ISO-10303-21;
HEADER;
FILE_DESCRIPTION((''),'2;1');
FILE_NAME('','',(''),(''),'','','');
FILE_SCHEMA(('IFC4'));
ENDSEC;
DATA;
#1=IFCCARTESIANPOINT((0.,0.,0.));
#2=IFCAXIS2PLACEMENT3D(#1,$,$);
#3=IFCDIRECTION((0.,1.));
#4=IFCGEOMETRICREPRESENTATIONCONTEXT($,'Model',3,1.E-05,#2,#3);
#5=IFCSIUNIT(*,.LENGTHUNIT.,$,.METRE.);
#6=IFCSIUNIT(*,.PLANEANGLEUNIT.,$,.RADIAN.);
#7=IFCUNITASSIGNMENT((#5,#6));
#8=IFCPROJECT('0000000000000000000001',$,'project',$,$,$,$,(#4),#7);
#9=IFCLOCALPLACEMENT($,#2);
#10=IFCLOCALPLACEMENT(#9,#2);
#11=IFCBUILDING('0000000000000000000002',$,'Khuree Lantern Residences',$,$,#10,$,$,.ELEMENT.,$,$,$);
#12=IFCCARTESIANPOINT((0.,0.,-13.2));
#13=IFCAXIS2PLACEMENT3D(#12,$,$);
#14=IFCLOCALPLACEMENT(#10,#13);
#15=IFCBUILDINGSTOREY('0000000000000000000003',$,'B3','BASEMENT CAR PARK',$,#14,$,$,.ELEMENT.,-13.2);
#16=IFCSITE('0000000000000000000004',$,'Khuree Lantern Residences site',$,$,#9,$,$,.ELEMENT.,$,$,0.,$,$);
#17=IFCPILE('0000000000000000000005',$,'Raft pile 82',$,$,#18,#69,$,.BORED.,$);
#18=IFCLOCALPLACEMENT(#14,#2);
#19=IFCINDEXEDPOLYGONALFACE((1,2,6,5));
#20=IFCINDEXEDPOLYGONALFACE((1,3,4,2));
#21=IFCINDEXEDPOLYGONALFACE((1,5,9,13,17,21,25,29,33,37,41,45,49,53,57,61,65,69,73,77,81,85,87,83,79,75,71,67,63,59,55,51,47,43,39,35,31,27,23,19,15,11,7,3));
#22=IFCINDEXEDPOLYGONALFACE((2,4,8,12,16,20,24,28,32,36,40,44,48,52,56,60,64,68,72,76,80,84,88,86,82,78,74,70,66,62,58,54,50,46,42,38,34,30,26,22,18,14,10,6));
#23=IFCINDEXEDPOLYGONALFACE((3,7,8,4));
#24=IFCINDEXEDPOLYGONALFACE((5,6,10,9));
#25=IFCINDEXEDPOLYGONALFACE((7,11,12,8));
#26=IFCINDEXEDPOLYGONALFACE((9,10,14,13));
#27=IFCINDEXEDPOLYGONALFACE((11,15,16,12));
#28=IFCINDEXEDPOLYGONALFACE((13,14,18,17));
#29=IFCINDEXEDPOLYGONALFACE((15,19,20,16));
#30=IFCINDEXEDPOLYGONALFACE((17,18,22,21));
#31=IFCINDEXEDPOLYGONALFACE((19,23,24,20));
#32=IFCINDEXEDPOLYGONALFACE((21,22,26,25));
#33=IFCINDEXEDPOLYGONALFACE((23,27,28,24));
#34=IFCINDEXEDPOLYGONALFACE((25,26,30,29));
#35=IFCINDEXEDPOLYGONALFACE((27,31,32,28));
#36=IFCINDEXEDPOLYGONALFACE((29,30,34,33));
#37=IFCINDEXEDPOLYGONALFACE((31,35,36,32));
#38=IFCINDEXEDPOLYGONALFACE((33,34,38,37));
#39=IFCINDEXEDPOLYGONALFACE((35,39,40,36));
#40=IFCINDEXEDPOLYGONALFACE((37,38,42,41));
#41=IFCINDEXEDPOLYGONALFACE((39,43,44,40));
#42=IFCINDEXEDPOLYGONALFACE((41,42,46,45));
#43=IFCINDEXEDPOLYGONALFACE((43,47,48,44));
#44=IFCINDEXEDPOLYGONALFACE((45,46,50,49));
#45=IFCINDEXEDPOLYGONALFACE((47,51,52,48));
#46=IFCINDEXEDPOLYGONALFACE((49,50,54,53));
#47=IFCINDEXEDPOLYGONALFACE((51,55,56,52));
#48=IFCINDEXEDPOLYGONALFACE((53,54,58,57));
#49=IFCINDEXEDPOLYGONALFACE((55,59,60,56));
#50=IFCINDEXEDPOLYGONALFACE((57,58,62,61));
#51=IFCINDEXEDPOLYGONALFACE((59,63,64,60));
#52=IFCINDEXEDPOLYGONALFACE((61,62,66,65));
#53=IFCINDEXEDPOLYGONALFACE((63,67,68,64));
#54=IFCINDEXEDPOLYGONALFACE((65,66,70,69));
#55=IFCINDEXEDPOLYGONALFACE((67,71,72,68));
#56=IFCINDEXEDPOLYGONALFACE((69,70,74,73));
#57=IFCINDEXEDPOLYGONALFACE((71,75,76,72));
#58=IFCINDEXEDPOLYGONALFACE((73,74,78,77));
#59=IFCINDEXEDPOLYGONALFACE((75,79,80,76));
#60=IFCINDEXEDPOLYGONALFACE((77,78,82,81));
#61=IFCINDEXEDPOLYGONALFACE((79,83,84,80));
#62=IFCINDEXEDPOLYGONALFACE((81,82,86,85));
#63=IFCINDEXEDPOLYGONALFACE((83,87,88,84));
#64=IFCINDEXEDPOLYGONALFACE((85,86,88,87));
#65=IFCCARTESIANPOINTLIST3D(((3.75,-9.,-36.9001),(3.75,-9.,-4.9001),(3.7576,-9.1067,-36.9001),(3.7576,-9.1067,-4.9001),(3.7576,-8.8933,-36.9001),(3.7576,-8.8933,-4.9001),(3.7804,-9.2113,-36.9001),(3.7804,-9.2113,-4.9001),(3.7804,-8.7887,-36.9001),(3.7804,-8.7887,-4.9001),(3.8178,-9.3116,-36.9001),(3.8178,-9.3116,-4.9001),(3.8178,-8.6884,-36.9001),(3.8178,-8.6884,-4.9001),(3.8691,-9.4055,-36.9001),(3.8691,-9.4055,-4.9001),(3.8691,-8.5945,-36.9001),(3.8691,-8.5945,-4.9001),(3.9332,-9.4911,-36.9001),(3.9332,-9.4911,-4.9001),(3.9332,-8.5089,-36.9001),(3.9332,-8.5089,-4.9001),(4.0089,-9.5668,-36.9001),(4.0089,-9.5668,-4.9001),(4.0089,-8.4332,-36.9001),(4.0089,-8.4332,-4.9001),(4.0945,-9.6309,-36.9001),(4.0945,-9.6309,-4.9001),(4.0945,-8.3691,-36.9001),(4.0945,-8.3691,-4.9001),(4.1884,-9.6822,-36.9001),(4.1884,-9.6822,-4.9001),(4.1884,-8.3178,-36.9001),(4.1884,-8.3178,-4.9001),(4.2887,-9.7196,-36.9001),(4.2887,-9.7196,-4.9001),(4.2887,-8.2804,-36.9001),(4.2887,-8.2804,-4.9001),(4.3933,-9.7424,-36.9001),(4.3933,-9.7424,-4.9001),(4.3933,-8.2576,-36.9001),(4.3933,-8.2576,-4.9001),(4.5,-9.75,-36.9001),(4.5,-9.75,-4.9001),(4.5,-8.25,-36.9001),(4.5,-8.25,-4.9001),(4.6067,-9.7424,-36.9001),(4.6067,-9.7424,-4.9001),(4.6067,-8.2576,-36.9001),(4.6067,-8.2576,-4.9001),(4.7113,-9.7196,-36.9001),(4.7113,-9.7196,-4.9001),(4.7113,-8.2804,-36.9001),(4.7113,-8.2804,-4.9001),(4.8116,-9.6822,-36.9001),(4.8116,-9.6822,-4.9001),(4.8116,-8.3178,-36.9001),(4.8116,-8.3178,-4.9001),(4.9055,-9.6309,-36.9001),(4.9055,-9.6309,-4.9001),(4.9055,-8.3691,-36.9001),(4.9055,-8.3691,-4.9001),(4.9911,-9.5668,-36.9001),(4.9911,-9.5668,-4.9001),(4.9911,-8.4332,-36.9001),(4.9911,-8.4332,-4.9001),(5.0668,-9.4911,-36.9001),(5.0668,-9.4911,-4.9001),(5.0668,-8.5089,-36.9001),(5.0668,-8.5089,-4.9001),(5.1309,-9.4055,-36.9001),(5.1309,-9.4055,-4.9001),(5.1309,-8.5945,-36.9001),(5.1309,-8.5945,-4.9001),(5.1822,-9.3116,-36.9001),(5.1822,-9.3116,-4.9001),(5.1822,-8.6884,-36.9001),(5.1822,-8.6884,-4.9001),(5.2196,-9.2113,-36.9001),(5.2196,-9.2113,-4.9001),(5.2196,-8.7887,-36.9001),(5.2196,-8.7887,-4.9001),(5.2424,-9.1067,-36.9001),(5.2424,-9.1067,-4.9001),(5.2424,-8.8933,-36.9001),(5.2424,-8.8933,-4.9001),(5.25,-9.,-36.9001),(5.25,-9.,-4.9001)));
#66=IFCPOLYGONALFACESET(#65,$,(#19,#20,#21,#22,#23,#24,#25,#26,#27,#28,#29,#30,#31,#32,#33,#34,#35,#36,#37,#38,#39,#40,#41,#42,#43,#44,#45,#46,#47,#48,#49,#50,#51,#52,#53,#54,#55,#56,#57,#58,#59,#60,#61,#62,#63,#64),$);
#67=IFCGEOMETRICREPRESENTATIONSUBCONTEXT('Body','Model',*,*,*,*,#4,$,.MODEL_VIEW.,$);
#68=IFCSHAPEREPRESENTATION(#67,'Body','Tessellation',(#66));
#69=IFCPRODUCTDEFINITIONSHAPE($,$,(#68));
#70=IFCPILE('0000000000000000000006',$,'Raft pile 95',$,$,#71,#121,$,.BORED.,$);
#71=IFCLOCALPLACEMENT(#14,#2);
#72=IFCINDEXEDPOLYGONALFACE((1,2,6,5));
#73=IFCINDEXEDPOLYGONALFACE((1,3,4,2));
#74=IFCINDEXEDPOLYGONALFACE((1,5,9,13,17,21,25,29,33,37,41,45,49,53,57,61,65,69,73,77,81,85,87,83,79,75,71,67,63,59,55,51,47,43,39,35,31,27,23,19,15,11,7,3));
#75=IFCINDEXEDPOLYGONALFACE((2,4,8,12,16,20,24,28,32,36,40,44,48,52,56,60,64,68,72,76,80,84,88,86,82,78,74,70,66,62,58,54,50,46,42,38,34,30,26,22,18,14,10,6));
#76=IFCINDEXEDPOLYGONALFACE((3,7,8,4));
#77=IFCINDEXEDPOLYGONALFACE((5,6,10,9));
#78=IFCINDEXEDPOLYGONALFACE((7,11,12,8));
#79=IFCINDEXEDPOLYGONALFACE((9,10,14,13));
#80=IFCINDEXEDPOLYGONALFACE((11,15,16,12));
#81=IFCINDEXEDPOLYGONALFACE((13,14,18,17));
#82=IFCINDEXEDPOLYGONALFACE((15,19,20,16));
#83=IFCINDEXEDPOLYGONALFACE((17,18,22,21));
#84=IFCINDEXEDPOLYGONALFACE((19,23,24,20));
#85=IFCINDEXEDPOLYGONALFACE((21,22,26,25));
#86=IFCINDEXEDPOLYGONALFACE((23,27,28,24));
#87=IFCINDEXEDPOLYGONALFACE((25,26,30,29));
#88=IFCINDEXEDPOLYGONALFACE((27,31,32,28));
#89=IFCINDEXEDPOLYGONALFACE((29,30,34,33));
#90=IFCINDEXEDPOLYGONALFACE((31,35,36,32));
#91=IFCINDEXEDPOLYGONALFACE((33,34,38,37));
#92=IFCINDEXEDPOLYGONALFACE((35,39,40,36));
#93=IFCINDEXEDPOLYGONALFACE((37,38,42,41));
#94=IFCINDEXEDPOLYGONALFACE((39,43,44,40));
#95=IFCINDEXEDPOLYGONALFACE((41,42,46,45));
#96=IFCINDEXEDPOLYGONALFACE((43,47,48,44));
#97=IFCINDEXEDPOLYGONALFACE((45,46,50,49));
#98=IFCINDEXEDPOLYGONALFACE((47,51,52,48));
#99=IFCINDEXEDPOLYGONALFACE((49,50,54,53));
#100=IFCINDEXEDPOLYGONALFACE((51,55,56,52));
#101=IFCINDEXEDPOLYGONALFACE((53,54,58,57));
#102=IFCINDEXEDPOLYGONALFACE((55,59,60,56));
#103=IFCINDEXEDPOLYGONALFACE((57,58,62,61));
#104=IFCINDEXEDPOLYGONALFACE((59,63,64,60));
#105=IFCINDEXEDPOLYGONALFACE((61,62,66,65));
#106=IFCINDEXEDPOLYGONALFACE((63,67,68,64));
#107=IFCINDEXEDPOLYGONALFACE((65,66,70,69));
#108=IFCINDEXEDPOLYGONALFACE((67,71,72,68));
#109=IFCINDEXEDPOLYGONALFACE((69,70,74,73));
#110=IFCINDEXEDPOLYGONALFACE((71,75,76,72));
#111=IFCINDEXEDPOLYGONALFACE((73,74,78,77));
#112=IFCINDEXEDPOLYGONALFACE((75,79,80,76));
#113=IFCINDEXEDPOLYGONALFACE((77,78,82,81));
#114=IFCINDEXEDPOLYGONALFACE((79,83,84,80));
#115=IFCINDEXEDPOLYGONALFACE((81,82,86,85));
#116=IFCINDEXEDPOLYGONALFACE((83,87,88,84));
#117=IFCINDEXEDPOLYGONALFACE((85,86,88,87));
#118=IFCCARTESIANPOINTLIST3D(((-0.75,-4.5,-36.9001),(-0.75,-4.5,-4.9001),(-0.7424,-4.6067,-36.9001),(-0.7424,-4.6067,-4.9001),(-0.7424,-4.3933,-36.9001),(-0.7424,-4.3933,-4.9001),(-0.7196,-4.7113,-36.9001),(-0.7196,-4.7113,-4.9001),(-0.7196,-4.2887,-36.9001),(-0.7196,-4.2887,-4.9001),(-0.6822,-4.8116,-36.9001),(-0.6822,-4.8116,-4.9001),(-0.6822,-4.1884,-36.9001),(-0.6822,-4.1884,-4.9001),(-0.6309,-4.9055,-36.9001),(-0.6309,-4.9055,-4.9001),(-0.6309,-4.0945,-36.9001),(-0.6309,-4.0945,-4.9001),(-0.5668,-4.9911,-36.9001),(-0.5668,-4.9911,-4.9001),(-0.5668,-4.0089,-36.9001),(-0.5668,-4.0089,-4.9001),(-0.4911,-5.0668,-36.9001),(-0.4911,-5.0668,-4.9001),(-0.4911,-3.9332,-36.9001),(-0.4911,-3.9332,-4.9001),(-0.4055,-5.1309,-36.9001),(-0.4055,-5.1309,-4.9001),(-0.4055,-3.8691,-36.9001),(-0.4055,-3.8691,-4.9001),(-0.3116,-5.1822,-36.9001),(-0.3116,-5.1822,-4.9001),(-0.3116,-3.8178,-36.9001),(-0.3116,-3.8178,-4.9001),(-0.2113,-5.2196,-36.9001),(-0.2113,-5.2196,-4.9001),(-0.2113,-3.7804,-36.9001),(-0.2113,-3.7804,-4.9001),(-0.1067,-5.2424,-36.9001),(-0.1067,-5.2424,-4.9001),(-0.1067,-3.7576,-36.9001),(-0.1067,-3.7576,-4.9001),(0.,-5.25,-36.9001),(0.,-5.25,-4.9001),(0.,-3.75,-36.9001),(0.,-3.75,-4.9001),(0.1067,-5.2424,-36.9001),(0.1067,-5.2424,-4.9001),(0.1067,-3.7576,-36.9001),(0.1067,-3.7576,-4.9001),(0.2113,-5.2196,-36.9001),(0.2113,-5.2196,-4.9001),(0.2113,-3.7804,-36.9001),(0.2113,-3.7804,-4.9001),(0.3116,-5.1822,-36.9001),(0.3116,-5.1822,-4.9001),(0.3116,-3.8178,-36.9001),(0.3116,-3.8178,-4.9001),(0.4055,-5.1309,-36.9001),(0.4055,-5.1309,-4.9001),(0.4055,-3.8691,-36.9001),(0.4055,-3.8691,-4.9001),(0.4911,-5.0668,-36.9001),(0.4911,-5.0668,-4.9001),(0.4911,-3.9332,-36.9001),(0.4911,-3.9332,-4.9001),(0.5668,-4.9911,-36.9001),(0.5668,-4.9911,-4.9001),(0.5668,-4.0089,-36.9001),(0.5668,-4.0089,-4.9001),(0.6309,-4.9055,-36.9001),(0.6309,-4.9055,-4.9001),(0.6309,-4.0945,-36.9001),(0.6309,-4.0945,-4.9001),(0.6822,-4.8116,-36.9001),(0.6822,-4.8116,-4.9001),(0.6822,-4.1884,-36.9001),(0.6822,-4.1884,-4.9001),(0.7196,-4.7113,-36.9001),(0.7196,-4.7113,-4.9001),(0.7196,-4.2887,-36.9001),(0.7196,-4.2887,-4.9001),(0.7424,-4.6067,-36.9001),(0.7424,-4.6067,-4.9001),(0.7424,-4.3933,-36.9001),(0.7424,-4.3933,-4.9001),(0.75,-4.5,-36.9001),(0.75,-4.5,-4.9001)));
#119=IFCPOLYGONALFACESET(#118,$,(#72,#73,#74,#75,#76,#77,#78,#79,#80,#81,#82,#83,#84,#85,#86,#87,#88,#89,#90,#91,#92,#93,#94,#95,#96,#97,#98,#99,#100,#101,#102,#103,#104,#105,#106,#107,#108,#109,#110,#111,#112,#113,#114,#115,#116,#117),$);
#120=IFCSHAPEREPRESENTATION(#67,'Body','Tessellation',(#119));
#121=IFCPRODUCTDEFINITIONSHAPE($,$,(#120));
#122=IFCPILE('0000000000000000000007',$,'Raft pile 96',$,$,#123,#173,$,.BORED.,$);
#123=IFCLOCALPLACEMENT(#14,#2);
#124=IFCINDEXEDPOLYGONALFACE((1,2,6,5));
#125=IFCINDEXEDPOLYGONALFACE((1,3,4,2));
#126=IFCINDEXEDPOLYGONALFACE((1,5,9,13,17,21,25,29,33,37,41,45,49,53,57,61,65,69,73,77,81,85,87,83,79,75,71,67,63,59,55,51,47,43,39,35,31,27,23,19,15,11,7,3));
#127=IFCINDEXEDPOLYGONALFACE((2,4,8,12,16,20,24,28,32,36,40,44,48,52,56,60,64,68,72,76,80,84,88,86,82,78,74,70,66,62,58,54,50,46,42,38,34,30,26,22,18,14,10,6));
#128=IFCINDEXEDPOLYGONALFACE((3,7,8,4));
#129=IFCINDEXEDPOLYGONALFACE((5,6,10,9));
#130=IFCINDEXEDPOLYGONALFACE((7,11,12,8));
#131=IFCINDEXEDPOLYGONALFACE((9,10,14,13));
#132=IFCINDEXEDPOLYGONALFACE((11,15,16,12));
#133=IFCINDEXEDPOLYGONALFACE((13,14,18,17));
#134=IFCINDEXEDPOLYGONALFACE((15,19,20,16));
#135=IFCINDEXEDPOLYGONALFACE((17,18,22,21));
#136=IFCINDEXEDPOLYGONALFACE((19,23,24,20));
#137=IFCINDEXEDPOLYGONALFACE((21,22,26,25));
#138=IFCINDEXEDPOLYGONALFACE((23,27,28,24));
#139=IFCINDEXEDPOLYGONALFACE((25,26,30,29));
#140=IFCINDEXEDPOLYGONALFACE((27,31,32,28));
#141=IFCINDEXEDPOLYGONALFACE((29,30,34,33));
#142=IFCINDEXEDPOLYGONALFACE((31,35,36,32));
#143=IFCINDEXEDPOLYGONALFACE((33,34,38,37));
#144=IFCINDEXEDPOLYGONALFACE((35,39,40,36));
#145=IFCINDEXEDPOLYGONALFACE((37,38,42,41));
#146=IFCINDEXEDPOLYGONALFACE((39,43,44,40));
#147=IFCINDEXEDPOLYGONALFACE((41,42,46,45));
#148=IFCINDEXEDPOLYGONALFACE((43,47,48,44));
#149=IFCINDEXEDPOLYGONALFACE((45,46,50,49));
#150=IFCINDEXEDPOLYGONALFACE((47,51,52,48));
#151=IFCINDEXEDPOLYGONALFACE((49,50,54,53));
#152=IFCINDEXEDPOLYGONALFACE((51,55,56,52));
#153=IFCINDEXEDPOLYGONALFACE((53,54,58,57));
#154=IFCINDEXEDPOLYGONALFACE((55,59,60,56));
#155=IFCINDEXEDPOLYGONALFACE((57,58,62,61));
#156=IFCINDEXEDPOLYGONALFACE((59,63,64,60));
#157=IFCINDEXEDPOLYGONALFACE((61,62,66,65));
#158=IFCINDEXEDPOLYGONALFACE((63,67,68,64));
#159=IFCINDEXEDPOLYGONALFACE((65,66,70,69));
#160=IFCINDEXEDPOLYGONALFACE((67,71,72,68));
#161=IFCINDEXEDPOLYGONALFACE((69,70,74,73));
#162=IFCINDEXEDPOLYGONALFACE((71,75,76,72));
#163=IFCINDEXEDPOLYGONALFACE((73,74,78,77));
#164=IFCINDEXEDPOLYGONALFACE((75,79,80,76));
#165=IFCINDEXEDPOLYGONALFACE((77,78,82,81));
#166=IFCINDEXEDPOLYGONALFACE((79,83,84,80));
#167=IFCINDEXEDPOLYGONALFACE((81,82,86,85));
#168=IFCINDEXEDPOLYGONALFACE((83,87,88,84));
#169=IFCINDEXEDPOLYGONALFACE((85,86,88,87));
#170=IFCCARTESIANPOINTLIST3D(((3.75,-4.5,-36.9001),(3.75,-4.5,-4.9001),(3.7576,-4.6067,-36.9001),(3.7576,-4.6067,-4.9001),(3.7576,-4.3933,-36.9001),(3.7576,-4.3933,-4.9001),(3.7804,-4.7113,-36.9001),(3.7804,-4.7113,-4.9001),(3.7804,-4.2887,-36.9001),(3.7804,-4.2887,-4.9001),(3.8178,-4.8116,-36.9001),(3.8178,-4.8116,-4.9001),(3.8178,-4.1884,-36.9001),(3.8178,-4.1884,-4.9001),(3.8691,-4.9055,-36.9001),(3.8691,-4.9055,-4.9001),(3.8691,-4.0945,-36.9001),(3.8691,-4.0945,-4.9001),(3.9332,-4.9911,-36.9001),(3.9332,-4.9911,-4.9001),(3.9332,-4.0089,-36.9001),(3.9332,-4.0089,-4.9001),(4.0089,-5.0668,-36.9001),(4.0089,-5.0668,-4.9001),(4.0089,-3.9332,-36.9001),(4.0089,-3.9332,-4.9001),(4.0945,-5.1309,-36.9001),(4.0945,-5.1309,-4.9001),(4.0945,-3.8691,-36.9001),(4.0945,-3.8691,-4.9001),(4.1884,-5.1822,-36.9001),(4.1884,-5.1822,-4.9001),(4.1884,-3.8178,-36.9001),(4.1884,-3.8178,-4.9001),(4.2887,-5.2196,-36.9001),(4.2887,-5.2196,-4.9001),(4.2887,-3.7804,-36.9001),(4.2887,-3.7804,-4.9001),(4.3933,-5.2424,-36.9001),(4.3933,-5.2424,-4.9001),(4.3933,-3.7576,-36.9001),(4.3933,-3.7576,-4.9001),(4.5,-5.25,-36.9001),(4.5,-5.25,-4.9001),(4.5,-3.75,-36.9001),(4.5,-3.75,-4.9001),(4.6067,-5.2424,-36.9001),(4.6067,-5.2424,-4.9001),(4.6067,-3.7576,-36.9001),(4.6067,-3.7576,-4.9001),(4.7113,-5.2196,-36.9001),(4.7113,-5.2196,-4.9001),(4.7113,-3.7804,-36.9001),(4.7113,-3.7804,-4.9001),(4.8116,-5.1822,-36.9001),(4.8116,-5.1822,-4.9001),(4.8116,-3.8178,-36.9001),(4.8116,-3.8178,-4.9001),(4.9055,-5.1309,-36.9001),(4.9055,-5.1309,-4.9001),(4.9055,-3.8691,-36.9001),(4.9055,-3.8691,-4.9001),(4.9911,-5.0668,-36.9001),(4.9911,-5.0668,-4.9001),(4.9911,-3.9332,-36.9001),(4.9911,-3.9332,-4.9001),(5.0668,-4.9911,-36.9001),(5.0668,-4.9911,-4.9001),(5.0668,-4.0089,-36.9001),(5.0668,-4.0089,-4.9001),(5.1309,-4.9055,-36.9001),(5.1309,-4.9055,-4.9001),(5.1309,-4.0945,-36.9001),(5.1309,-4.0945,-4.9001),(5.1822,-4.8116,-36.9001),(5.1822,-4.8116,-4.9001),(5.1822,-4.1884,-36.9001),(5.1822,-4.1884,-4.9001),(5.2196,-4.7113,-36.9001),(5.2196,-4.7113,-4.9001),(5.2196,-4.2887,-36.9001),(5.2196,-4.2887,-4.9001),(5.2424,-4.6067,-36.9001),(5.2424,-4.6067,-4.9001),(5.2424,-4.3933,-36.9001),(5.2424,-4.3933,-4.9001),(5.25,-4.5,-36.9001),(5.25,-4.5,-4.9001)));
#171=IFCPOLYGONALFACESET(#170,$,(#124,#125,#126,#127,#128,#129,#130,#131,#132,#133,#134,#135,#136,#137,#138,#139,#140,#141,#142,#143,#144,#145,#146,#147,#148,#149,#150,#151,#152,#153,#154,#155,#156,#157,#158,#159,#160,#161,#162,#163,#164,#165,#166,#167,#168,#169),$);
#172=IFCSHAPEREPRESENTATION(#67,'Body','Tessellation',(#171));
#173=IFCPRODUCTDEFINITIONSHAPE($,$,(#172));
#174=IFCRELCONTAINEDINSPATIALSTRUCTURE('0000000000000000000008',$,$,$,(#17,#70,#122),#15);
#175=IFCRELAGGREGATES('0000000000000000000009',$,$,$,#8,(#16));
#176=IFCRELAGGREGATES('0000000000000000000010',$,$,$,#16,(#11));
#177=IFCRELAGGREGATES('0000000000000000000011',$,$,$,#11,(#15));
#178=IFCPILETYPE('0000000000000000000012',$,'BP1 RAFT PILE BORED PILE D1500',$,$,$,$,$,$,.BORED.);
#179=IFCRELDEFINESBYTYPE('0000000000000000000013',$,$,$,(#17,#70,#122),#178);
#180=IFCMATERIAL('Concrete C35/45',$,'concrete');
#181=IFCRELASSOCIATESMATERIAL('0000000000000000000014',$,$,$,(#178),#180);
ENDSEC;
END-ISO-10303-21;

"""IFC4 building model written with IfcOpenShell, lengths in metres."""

from ifc_helpers import new_model, si_unit, direction, frame, origin, origin_2d, place, context, subcontext, project, spatial, circle, extrude, material, material_profile, profile_set, type_object, element, save


model = new_model("IFC4")

# Units and contexts
model_context = context("Model", 3, precision=1e-05, world=origin(), true_north=direction((0.0, 1.0)))
body_context = subcontext(model_context, "Body", "Model", "MODEL_VIEW")
ifc_project = project(units=[si_unit("LENGTHUNIT", "METRE"), si_unit("PLANEANGLEUNIT", "RADIAN")], contexts=[model_context])

# Site, building, storey
site_placement = place(None, origin())
site = spatial("IfcSite", under=ifc_project, at=site_placement, Name="Khuree Lantern Residences site", CompositionType="ELEMENT", RefElevation=0.0)
building_placement = place(site_placement, origin())
building = spatial("IfcBuilding", under=site, at=building_placement, Name="Khuree Lantern Residences", CompositionType="ELEMENT")
storey_placement = place(building_placement, frame((0.0, 0.0, -13.2)))
storey = spatial("IfcBuildingStorey", under=building, at=storey_placement, Name="B3", Description="BASEMENT CAR PARK", CompositionType="ELEMENT", Elevation=-13.2)

# Piles
ifc_material_1 = material(Name="Concrete C35/45", Category="concrete")
ifc_material_profile = material_profile(ifc_material_1, circle(Radius=0.75, at=origin_2d()), Name="BORED PILE D1500")
ifc_profile_set = profile_set([ifc_material_profile], Name="Concrete C35/45")
pile_type = type_object("IfcPileType", Name="BP1 RAFT PILE BORED PILE D1500", PredefinedType="BORED", material=ifc_profile_set)
for number, where, z_axis, x_axis, name in (
    (1, (4.5, -9.0, -4.9001), (0.0, 0.0, -1.0), (1.0, 0.0, 0.0), "Raft pile 82"),
    (2, (0.0, -4.5, -4.9001), (0.0, 0.0, -1.0), (1.0, 0.0, 0.0), "Raft pile 95"),
    (3, (4.5, -4.5, -4.9001), (0.0, 0.0, -1.0), (1.0, 0.0, 0.0), "Raft pile 96"),
):
    element("IfcPile", number, at=place(storey_placement, frame(where, z_axis=z_axis, x_axis=x_axis)), inside=storey, type_object=pile_type, Name=name, PredefinedType="BORED", context=body_context, shape_type="SweptSolid", body=[
        extrude(circle(Radius=0.75, at=origin_2d()), origin(), (0.0, 0.0, 1.0), 32.0),
    ])

save(model, "model.ifc")
